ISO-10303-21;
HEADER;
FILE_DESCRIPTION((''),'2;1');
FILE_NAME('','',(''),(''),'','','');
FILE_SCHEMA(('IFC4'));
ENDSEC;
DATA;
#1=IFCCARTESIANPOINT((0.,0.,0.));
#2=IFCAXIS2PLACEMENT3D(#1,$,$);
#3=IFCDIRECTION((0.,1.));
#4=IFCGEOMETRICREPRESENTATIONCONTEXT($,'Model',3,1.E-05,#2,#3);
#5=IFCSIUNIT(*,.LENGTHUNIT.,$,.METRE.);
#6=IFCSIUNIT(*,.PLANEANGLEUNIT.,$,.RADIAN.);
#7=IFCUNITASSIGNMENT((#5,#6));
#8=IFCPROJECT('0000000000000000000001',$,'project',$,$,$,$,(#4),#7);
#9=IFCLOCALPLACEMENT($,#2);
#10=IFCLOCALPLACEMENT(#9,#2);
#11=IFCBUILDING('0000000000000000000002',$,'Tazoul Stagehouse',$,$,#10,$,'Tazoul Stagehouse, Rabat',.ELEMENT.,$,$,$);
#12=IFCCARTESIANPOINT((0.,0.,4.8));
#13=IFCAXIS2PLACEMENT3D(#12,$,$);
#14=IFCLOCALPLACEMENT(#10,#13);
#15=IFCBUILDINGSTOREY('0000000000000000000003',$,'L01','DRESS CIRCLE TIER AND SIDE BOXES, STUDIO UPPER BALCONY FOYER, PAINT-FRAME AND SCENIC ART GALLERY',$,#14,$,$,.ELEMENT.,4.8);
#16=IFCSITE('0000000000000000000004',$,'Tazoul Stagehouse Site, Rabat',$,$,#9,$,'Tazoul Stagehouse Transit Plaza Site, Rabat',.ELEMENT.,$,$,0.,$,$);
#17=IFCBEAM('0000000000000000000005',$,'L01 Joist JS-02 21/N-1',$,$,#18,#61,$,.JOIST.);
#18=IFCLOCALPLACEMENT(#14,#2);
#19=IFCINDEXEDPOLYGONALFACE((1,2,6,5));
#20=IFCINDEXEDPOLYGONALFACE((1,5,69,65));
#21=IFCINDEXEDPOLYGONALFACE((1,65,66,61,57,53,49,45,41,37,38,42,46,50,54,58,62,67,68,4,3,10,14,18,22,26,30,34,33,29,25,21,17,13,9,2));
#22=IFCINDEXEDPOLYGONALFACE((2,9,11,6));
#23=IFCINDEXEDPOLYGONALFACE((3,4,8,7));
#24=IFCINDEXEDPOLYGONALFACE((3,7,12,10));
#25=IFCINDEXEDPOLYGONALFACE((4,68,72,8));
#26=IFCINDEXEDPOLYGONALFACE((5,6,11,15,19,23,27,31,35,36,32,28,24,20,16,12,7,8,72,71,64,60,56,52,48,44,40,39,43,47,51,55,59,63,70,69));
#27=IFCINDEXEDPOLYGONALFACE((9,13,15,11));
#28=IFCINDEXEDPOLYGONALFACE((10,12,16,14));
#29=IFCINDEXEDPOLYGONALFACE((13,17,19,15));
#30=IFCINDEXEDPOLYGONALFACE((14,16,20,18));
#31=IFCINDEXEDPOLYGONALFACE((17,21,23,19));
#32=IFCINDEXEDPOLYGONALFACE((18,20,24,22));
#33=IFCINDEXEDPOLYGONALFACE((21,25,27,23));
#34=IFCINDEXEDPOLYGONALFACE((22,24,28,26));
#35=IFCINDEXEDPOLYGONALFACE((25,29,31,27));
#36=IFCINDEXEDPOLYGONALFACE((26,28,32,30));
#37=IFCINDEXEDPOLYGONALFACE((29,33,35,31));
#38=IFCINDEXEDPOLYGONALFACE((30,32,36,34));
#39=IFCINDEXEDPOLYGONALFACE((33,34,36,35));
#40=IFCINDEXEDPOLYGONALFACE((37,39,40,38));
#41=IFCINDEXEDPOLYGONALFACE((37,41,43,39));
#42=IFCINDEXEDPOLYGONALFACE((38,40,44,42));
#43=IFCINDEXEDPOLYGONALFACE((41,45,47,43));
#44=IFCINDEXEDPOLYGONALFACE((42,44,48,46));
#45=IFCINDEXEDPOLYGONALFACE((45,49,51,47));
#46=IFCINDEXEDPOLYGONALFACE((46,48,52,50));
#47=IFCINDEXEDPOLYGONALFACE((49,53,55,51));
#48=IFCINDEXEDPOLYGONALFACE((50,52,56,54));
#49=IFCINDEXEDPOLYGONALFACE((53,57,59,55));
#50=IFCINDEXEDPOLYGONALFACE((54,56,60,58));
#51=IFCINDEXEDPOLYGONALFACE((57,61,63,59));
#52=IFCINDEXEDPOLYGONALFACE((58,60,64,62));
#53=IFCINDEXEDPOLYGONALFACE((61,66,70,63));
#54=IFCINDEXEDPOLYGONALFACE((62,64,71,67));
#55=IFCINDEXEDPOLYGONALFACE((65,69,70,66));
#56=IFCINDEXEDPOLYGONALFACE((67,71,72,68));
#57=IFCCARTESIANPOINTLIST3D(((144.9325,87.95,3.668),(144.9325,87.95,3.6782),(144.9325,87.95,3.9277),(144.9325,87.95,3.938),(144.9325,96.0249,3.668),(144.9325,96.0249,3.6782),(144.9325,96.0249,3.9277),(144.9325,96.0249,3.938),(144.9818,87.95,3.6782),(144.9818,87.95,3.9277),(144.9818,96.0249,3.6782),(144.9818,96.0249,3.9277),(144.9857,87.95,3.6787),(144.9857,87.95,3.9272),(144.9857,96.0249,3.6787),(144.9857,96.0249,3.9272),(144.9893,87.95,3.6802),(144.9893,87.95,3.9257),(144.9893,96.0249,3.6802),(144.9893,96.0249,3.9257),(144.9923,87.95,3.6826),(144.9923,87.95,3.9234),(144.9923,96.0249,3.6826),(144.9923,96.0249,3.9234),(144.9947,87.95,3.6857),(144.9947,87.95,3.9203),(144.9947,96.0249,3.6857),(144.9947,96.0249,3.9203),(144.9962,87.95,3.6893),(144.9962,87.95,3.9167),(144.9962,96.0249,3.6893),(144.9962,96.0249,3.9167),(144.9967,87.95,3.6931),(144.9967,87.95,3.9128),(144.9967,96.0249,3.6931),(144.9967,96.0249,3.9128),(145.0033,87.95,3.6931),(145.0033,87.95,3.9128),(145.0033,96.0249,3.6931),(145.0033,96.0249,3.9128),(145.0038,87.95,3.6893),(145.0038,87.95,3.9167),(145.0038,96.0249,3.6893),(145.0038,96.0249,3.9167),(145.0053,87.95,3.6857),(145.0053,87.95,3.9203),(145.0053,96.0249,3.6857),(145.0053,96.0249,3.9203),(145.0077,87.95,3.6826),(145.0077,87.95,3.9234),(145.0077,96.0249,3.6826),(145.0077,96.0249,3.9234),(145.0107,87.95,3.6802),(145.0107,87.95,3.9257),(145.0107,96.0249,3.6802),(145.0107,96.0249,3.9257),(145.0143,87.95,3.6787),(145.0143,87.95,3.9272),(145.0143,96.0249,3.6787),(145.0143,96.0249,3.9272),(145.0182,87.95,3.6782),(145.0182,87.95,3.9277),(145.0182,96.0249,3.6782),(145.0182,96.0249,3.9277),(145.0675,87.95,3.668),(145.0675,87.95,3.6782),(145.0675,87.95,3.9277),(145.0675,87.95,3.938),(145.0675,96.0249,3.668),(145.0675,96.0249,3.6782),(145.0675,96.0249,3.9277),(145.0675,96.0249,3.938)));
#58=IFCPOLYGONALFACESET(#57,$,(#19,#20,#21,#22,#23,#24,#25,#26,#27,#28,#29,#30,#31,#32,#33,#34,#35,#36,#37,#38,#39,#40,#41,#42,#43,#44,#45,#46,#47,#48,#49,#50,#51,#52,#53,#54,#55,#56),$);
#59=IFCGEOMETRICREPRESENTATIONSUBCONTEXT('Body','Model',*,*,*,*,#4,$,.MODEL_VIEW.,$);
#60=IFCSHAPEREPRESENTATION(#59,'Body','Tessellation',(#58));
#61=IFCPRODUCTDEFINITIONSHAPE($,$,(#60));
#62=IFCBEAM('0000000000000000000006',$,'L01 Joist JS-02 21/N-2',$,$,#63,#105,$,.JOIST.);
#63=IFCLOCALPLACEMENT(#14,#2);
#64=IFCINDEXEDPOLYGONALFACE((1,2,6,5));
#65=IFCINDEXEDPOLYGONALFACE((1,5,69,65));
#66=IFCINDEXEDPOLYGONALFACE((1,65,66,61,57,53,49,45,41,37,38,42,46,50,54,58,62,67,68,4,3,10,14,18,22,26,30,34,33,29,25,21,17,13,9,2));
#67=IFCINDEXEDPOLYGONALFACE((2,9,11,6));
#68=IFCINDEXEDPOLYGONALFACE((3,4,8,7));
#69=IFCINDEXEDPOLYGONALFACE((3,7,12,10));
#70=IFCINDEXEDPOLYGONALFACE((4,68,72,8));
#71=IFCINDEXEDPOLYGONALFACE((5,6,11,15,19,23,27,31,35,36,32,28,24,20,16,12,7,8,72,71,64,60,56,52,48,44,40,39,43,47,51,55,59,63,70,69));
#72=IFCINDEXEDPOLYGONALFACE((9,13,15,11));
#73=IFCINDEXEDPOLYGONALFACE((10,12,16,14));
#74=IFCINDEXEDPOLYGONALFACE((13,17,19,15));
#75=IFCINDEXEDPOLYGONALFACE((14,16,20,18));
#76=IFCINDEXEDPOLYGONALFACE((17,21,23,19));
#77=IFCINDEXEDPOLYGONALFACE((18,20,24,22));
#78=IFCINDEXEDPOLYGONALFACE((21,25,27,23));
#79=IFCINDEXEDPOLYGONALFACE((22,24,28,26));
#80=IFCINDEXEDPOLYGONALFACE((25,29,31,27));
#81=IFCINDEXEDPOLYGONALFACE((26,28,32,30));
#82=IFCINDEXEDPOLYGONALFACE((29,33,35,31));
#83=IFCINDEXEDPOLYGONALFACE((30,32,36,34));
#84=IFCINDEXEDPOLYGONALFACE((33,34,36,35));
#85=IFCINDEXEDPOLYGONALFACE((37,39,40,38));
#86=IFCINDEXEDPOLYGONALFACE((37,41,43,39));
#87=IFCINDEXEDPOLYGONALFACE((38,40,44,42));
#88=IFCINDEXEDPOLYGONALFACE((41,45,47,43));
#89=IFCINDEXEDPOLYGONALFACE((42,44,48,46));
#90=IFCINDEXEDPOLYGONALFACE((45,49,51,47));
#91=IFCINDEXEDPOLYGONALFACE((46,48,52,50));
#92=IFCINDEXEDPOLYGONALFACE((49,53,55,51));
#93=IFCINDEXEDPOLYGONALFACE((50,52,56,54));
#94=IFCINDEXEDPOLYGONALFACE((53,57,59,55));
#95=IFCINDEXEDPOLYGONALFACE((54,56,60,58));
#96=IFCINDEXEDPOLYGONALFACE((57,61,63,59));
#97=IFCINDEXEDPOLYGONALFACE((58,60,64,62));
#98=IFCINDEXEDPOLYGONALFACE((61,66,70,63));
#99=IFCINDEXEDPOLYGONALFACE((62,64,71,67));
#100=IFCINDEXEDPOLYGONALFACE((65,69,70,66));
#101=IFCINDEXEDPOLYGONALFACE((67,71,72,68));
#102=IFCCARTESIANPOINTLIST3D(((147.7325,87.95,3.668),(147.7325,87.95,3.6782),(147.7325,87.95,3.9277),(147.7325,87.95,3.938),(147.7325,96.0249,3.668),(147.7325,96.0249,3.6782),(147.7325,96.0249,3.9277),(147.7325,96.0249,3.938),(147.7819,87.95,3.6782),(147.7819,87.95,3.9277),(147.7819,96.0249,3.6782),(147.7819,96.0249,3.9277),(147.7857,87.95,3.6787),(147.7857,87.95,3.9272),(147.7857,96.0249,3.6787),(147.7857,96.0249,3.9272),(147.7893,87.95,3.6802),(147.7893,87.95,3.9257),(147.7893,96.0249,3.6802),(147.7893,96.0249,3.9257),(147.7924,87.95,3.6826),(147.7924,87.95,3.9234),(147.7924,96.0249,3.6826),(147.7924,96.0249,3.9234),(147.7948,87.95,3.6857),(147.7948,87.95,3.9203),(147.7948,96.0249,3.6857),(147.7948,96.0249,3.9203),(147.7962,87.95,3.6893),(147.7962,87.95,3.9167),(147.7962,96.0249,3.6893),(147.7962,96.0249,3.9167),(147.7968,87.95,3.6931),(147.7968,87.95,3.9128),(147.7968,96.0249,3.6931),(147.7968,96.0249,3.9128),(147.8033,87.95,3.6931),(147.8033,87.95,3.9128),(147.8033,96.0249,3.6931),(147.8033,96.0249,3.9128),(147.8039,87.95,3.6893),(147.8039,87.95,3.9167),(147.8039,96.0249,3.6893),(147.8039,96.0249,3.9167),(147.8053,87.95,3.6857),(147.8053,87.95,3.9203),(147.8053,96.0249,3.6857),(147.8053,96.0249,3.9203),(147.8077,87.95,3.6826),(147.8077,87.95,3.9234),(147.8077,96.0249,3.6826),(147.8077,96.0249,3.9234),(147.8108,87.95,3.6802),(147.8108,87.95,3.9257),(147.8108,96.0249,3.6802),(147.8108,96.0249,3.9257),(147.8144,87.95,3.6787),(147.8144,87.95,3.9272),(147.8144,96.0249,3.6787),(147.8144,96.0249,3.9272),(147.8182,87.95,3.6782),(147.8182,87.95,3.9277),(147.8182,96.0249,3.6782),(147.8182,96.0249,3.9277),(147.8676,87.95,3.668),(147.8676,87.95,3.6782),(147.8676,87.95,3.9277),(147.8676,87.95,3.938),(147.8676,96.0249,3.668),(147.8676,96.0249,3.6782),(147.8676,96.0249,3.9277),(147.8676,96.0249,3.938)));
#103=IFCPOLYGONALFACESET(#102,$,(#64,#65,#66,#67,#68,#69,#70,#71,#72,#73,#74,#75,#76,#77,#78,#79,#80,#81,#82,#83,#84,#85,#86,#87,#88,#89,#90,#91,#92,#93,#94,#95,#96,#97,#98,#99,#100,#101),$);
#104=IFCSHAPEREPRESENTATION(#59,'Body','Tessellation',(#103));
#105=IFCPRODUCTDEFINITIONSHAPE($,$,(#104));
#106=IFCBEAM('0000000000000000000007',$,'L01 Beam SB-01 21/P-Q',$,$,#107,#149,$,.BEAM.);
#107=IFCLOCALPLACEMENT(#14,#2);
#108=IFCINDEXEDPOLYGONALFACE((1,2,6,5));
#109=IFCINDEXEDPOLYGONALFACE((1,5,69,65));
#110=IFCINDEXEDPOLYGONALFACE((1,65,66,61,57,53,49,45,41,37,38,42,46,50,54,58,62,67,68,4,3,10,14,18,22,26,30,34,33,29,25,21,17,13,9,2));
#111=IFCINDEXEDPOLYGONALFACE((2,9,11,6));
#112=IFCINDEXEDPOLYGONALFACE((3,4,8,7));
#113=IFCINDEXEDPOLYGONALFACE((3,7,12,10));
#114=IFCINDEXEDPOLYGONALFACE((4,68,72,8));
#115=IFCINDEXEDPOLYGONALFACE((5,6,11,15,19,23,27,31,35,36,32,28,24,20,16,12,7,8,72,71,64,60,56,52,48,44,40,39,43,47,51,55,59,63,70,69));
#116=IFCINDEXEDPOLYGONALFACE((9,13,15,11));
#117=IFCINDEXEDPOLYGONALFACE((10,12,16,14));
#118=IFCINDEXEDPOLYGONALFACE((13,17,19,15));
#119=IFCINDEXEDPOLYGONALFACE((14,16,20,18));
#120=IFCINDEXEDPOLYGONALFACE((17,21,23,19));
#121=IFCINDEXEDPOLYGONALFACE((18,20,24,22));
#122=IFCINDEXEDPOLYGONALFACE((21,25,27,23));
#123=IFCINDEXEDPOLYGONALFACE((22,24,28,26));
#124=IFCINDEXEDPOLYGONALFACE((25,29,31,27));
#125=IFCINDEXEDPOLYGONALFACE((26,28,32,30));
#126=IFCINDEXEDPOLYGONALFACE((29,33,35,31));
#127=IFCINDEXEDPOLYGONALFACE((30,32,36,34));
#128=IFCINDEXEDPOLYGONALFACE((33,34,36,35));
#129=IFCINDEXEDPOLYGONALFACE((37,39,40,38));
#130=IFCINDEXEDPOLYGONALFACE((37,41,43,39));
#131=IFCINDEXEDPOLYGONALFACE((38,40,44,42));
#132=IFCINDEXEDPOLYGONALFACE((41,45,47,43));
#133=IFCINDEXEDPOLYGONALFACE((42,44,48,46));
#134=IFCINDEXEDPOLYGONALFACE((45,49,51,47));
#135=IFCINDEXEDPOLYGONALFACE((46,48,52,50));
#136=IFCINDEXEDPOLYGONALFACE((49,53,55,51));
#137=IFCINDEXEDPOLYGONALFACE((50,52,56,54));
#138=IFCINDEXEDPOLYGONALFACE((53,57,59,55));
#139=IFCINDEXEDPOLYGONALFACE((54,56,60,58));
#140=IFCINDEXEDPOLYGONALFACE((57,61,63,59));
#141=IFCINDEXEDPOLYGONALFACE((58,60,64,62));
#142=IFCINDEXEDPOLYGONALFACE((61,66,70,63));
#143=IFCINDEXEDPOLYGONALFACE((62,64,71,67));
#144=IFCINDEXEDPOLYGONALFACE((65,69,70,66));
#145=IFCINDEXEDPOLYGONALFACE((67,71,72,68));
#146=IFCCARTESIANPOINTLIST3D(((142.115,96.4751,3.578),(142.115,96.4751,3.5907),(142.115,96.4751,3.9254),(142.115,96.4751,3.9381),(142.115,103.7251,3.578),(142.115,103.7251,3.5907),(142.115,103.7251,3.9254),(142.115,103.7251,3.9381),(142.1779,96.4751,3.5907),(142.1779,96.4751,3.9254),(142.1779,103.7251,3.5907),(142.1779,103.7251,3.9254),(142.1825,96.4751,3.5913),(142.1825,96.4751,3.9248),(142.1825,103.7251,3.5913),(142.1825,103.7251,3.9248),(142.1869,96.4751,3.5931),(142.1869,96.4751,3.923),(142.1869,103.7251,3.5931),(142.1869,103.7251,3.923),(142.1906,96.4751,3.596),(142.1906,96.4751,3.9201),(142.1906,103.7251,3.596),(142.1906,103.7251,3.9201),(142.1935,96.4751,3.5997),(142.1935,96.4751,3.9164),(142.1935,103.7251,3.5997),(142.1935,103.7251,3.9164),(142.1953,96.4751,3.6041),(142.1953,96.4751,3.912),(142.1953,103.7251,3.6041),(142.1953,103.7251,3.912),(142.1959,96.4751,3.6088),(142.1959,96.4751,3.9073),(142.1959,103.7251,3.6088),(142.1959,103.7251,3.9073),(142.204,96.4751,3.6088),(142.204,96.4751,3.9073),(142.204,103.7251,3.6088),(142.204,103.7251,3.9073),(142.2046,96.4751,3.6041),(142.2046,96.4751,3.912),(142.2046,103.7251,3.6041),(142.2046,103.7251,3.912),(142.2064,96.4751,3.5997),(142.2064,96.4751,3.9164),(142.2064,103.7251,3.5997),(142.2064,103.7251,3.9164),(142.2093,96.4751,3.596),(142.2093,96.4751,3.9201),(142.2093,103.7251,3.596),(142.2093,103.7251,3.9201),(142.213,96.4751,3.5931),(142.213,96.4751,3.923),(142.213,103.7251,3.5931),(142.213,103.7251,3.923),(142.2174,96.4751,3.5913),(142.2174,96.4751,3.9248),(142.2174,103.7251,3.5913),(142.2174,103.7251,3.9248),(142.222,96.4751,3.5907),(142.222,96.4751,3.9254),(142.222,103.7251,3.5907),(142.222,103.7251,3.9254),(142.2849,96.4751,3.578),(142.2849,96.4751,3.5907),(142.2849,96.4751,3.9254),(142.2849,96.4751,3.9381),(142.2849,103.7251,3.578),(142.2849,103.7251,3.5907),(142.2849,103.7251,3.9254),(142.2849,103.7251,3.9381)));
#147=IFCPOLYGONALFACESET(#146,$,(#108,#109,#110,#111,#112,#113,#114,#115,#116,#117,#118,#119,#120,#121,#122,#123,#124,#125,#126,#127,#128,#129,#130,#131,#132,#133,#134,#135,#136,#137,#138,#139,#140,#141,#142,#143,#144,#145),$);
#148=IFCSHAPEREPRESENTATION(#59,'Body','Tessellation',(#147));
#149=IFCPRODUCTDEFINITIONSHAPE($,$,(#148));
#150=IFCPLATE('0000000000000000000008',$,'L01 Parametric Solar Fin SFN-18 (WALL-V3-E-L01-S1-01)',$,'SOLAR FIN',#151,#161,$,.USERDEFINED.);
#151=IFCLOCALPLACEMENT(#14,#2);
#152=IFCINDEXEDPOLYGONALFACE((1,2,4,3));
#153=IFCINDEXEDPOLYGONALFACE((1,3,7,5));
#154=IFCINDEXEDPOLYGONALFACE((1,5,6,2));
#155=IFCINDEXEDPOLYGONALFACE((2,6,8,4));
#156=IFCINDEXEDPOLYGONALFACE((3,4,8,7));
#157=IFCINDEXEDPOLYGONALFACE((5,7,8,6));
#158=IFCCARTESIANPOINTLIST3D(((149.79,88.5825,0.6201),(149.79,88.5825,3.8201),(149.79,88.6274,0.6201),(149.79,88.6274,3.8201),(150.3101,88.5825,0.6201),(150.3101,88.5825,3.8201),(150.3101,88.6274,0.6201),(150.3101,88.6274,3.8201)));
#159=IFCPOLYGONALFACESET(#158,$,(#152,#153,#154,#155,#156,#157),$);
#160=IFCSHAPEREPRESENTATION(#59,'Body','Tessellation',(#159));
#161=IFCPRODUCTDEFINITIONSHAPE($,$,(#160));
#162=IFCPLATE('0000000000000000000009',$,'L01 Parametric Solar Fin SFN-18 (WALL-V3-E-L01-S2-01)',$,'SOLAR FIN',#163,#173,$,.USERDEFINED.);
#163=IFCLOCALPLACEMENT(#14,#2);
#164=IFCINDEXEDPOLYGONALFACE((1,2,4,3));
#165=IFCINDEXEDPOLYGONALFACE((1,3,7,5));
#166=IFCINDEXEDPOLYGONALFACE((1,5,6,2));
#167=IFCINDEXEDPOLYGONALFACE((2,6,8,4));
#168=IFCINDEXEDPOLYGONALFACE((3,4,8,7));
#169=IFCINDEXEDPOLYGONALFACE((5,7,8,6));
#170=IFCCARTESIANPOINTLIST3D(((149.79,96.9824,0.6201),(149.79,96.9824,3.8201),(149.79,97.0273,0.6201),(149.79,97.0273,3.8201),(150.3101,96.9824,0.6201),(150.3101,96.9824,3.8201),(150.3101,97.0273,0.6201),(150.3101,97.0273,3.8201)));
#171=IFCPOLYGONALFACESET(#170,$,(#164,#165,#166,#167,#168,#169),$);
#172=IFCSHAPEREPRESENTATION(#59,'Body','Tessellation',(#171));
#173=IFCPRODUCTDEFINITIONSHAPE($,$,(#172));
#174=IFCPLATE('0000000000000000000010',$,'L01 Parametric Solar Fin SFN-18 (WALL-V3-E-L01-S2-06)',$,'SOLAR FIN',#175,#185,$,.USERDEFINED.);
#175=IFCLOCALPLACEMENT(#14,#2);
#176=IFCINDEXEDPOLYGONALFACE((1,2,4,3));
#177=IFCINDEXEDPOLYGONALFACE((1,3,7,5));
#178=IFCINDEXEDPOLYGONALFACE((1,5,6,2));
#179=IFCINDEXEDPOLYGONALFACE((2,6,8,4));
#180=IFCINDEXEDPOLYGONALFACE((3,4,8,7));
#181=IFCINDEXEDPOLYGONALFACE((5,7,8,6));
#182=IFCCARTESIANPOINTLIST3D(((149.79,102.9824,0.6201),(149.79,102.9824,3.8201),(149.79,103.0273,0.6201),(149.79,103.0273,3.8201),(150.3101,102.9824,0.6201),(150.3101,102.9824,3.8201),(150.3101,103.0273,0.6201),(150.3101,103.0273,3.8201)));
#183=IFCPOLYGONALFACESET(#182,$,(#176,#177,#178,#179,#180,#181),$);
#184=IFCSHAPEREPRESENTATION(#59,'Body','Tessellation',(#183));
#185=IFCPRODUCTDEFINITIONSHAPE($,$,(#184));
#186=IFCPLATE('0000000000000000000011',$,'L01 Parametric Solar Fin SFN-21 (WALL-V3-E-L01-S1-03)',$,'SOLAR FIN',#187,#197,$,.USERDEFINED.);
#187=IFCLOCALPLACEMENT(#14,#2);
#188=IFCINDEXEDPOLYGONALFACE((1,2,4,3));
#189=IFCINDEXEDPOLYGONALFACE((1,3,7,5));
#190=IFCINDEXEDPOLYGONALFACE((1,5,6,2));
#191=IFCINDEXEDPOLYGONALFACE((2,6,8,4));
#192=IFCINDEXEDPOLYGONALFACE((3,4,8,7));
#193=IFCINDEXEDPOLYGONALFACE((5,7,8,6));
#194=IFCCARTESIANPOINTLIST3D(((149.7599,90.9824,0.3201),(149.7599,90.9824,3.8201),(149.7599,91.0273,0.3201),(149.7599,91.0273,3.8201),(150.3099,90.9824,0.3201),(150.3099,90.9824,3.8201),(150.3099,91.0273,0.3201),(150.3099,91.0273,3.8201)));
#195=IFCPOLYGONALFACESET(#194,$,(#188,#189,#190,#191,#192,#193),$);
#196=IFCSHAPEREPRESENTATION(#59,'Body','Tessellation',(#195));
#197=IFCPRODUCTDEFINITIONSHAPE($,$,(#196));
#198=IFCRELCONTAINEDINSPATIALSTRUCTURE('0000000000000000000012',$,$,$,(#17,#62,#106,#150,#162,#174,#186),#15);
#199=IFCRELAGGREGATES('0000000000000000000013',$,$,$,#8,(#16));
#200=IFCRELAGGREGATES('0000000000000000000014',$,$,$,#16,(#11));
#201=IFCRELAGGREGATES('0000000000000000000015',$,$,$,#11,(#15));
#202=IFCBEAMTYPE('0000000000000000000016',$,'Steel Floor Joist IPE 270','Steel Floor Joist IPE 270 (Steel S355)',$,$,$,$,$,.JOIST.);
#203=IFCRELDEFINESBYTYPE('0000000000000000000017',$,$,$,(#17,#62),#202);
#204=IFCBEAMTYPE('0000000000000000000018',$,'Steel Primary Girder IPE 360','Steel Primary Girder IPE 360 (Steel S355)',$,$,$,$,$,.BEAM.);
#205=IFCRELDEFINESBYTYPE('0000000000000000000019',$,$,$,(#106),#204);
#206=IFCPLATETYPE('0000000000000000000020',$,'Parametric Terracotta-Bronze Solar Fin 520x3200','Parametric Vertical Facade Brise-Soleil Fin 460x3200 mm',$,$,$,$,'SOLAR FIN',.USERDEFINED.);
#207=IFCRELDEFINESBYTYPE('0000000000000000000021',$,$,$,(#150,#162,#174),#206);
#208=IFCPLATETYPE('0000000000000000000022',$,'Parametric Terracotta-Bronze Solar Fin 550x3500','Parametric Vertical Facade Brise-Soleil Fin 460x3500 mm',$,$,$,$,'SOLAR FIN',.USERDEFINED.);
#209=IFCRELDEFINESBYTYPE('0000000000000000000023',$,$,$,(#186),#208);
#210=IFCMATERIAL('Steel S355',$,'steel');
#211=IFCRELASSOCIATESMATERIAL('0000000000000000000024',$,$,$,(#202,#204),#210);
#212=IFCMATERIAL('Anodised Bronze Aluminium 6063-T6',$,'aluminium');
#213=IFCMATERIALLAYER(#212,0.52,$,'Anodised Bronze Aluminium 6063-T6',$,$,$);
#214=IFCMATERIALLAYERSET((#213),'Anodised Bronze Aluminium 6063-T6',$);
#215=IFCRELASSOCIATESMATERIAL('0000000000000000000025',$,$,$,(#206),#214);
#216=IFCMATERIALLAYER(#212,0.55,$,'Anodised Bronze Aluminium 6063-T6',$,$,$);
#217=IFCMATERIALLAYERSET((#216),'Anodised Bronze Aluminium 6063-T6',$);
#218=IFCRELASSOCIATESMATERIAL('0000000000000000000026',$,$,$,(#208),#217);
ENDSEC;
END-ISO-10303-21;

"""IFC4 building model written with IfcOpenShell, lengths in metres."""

from ifc_helpers import new_model, si_unit, direction, frame, origin, origin_2d, place, context, subcontext, project, spatial, rectangle, i_section, extrude, material, layer, layer_set, material_profile, profile_set, type_object, element, save


model = new_model("IFC4")

# Units and contexts
model_context = context("Model", 3, precision=1e-05, world=origin(), true_north=direction((0.0, 1.0)))
body_context = subcontext(model_context, "Body", "Model", "MODEL_VIEW")
ifc_project = project(units=[si_unit("LENGTHUNIT", "METRE"), si_unit("PLANEANGLEUNIT", "RADIAN")], contexts=[model_context])

# Site, building, storey
site_placement = place(None, origin())
site = spatial("IfcSite", under=ifc_project, at=site_placement, Name="Tazoul Stagehouse Site, Rabat", LongName="Tazoul Stagehouse Transit Plaza Site, Rabat", CompositionType="ELEMENT", RefElevation=0.0)
building_placement = place(site_placement, origin())
building = spatial("IfcBuilding", under=site, at=building_placement, Name="Tazoul Stagehouse", LongName="Tazoul Stagehouse, Rabat", CompositionType="ELEMENT")
storey_placement = place(building_placement, frame((0.0, 0.0, 4.8)))
storey = spatial("IfcBuildingStorey", under=building, at=storey_placement, Name="L01", Description="DRESS CIRCLE TIER AND SIDE BOXES, STUDIO UPPER BALCONY FOYER, PAINT-FRAME AND SCENIC ART GALLERY", CompositionType="ELEMENT", Elevation=4.8)

# Beams
ifc_material_1 = material(Name="Steel S355", Category="steel")
ifc_material_profile_1 = material_profile(ifc_material_1, i_section(OverallWidth=0.135, OverallDepth=0.27, WebThickness=0.0066, FlangeThickness=0.0103, FilletRadius=0.0149, at=origin_2d()), Name="IPE 270")
ifc_profile_set_1 = profile_set([ifc_material_profile_1], Name="Steel S355")
beam_type_1 = type_object("IfcBeamType", Name="Steel Floor Joist IPE 270", Description="Steel Floor Joist IPE 270 (Steel S355)", PredefinedType="JOIST", material=ifc_profile_set_1)
for number, where, z_axis, x_axis, name in (
    (1, (145.0, 87.95, 3.803), (0.0, 1.0, 0.0), (-1.0, 0.0, 0.0), "L01 Joist JS-02 21/N-1"),
    (2, (147.8, 87.95, 3.803), (0.0, 1.0, 0.0), (-1.0, 0.0, 0.0), "L01 Joist JS-02 21/N-2"),
):
    element("IfcBeam", number, at=place(storey_placement, frame(where, z_axis=z_axis, x_axis=x_axis)), inside=storey, type_object=beam_type_1, Name=name, PredefinedType="JOIST", context=body_context, shape_type="SweptSolid", body=[
        extrude(i_section(OverallWidth=0.135, OverallDepth=0.27, WebThickness=0.0066, FlangeThickness=0.0103, FilletRadius=0.0149, at=origin_2d()), origin(), (0.0, 0.0, 1.0), 8.075),
    ])
ifc_material_profile_2 = material_profile(ifc_material_1, i_section(OverallWidth=0.1699, OverallDepth=0.3601, WebThickness=0.0081, FlangeThickness=0.0127, FilletRadius=0.0181, at=origin_2d()), Name="IPE 360")
ifc_profile_set_2 = profile_set([ifc_material_profile_2], Name="Steel S355")
beam_type_2 = type_object("IfcBeamType", Name="Steel Primary Girder IPE 360", Description="Steel Primary Girder IPE 360 (Steel S355)", PredefinedType="BEAM", material=ifc_profile_set_2)
beam_1_placement = place(storey_placement, frame((142.2, 96.4751, 3.7581), z_axis=(0.0, 1.0, 0.0), x_axis=(-1.0, 0.0, 0.0)))
element("IfcBeam", 3, at=beam_1_placement, inside=storey, type_object=beam_type_2, Name="L01 Beam SB-01 21/P-Q", PredefinedType="BEAM", context=body_context, shape_type="SweptSolid", body=[
    extrude(i_section(OverallWidth=0.1699, OverallDepth=0.3601, WebThickness=0.0081, FlangeThickness=0.0127, FilletRadius=0.0181, at=origin_2d()), origin(), (0.0, 0.0, 1.0), 7.25),
])

# Plates
ifc_material_2 = material(Name="Anodised Bronze Aluminium 6063-T6", Category="aluminium")
ifc_layer_1 = layer(ifc_material_2, 0.52, Name="Anodised Bronze Aluminium 6063-T6")
ifc_layer_set_1 = layer_set([ifc_layer_1], Name="Anodised Bronze Aluminium 6063-T6")
plate_type_1 = type_object("IfcPlateType", Name="Parametric Terracotta-Bronze Solar Fin 520x3200", Description="Parametric Vertical Facade Brise-Soleil Fin 460x3200 mm", ElementType="SOLAR FIN", PredefinedType="USERDEFINED", material=ifc_layer_set_1)
for number, where, z_axis, x_axis, name in (
    (4, (150.05, 88.605, 0.6201), (0.0, 0.0, 1.0), (0.0, 1.0, 0.0), "L01 Parametric Solar Fin SFN-18 (WALL-V3-E-L01-S1-01)"),
    (5, (150.05, 97.0049, 0.6201), (0.0, 0.0, 1.0), (0.0, 1.0, 0.0), "L01 Parametric Solar Fin SFN-18 (WALL-V3-E-L01-S2-01)"),
    (6, (150.05, 103.0049, 0.6201), (0.0, 0.0, 1.0), (0.0, 1.0, 0.0), "L01 Parametric Solar Fin SFN-18 (WALL-V3-E-L01-S2-06)"),
):
    element("IfcPlate", number, at=place(storey_placement, frame(where, z_axis=z_axis, x_axis=x_axis)), inside=storey, type_object=plate_type_1, Name=name, ObjectType="SOLAR FIN", PredefinedType="USERDEFINED", context=body_context, shape_type="SweptSolid", body=[
        extrude(rectangle(XDim=0.0449, YDim=0.52, at=origin_2d()), origin(), (0.0, 0.0, 1.0), 3.2),
    ])
ifc_layer_2 = layer(ifc_material_2, 0.55, Name="Anodised Bronze Aluminium 6063-T6")
ifc_layer_set_2 = layer_set([ifc_layer_2], Name="Anodised Bronze Aluminium 6063-T6")
plate_type_2 = type_object("IfcPlateType", Name="Parametric Terracotta-Bronze Solar Fin 550x3500", Description="Parametric Vertical Facade Brise-Soleil Fin 460x3500 mm", ElementType="SOLAR FIN", PredefinedType="USERDEFINED", material=ifc_layer_set_2)
for number, where, z_axis, x_axis, name in (
    (7, (150.0349, 91.0049, 0.3201), (0.0, 0.0, 1.0), (0.0, 1.0, 0.0), "L01 Parametric Solar Fin SFN-21 (WALL-V3-E-L01-S1-03)"),
):
    element("IfcPlate", number, at=place(storey_placement, frame(where, z_axis=z_axis, x_axis=x_axis)), inside=storey, type_object=plate_type_2, Name=name, ObjectType="SOLAR FIN", PredefinedType="USERDEFINED", context=body_context, shape_type="SweptSolid", body=[
        extrude(rectangle(XDim=0.0449, YDim=0.55, at=origin_2d()), origin(), (0.0, 0.0, 1.0), 3.5),
    ])

save(model, "model.ifc")
